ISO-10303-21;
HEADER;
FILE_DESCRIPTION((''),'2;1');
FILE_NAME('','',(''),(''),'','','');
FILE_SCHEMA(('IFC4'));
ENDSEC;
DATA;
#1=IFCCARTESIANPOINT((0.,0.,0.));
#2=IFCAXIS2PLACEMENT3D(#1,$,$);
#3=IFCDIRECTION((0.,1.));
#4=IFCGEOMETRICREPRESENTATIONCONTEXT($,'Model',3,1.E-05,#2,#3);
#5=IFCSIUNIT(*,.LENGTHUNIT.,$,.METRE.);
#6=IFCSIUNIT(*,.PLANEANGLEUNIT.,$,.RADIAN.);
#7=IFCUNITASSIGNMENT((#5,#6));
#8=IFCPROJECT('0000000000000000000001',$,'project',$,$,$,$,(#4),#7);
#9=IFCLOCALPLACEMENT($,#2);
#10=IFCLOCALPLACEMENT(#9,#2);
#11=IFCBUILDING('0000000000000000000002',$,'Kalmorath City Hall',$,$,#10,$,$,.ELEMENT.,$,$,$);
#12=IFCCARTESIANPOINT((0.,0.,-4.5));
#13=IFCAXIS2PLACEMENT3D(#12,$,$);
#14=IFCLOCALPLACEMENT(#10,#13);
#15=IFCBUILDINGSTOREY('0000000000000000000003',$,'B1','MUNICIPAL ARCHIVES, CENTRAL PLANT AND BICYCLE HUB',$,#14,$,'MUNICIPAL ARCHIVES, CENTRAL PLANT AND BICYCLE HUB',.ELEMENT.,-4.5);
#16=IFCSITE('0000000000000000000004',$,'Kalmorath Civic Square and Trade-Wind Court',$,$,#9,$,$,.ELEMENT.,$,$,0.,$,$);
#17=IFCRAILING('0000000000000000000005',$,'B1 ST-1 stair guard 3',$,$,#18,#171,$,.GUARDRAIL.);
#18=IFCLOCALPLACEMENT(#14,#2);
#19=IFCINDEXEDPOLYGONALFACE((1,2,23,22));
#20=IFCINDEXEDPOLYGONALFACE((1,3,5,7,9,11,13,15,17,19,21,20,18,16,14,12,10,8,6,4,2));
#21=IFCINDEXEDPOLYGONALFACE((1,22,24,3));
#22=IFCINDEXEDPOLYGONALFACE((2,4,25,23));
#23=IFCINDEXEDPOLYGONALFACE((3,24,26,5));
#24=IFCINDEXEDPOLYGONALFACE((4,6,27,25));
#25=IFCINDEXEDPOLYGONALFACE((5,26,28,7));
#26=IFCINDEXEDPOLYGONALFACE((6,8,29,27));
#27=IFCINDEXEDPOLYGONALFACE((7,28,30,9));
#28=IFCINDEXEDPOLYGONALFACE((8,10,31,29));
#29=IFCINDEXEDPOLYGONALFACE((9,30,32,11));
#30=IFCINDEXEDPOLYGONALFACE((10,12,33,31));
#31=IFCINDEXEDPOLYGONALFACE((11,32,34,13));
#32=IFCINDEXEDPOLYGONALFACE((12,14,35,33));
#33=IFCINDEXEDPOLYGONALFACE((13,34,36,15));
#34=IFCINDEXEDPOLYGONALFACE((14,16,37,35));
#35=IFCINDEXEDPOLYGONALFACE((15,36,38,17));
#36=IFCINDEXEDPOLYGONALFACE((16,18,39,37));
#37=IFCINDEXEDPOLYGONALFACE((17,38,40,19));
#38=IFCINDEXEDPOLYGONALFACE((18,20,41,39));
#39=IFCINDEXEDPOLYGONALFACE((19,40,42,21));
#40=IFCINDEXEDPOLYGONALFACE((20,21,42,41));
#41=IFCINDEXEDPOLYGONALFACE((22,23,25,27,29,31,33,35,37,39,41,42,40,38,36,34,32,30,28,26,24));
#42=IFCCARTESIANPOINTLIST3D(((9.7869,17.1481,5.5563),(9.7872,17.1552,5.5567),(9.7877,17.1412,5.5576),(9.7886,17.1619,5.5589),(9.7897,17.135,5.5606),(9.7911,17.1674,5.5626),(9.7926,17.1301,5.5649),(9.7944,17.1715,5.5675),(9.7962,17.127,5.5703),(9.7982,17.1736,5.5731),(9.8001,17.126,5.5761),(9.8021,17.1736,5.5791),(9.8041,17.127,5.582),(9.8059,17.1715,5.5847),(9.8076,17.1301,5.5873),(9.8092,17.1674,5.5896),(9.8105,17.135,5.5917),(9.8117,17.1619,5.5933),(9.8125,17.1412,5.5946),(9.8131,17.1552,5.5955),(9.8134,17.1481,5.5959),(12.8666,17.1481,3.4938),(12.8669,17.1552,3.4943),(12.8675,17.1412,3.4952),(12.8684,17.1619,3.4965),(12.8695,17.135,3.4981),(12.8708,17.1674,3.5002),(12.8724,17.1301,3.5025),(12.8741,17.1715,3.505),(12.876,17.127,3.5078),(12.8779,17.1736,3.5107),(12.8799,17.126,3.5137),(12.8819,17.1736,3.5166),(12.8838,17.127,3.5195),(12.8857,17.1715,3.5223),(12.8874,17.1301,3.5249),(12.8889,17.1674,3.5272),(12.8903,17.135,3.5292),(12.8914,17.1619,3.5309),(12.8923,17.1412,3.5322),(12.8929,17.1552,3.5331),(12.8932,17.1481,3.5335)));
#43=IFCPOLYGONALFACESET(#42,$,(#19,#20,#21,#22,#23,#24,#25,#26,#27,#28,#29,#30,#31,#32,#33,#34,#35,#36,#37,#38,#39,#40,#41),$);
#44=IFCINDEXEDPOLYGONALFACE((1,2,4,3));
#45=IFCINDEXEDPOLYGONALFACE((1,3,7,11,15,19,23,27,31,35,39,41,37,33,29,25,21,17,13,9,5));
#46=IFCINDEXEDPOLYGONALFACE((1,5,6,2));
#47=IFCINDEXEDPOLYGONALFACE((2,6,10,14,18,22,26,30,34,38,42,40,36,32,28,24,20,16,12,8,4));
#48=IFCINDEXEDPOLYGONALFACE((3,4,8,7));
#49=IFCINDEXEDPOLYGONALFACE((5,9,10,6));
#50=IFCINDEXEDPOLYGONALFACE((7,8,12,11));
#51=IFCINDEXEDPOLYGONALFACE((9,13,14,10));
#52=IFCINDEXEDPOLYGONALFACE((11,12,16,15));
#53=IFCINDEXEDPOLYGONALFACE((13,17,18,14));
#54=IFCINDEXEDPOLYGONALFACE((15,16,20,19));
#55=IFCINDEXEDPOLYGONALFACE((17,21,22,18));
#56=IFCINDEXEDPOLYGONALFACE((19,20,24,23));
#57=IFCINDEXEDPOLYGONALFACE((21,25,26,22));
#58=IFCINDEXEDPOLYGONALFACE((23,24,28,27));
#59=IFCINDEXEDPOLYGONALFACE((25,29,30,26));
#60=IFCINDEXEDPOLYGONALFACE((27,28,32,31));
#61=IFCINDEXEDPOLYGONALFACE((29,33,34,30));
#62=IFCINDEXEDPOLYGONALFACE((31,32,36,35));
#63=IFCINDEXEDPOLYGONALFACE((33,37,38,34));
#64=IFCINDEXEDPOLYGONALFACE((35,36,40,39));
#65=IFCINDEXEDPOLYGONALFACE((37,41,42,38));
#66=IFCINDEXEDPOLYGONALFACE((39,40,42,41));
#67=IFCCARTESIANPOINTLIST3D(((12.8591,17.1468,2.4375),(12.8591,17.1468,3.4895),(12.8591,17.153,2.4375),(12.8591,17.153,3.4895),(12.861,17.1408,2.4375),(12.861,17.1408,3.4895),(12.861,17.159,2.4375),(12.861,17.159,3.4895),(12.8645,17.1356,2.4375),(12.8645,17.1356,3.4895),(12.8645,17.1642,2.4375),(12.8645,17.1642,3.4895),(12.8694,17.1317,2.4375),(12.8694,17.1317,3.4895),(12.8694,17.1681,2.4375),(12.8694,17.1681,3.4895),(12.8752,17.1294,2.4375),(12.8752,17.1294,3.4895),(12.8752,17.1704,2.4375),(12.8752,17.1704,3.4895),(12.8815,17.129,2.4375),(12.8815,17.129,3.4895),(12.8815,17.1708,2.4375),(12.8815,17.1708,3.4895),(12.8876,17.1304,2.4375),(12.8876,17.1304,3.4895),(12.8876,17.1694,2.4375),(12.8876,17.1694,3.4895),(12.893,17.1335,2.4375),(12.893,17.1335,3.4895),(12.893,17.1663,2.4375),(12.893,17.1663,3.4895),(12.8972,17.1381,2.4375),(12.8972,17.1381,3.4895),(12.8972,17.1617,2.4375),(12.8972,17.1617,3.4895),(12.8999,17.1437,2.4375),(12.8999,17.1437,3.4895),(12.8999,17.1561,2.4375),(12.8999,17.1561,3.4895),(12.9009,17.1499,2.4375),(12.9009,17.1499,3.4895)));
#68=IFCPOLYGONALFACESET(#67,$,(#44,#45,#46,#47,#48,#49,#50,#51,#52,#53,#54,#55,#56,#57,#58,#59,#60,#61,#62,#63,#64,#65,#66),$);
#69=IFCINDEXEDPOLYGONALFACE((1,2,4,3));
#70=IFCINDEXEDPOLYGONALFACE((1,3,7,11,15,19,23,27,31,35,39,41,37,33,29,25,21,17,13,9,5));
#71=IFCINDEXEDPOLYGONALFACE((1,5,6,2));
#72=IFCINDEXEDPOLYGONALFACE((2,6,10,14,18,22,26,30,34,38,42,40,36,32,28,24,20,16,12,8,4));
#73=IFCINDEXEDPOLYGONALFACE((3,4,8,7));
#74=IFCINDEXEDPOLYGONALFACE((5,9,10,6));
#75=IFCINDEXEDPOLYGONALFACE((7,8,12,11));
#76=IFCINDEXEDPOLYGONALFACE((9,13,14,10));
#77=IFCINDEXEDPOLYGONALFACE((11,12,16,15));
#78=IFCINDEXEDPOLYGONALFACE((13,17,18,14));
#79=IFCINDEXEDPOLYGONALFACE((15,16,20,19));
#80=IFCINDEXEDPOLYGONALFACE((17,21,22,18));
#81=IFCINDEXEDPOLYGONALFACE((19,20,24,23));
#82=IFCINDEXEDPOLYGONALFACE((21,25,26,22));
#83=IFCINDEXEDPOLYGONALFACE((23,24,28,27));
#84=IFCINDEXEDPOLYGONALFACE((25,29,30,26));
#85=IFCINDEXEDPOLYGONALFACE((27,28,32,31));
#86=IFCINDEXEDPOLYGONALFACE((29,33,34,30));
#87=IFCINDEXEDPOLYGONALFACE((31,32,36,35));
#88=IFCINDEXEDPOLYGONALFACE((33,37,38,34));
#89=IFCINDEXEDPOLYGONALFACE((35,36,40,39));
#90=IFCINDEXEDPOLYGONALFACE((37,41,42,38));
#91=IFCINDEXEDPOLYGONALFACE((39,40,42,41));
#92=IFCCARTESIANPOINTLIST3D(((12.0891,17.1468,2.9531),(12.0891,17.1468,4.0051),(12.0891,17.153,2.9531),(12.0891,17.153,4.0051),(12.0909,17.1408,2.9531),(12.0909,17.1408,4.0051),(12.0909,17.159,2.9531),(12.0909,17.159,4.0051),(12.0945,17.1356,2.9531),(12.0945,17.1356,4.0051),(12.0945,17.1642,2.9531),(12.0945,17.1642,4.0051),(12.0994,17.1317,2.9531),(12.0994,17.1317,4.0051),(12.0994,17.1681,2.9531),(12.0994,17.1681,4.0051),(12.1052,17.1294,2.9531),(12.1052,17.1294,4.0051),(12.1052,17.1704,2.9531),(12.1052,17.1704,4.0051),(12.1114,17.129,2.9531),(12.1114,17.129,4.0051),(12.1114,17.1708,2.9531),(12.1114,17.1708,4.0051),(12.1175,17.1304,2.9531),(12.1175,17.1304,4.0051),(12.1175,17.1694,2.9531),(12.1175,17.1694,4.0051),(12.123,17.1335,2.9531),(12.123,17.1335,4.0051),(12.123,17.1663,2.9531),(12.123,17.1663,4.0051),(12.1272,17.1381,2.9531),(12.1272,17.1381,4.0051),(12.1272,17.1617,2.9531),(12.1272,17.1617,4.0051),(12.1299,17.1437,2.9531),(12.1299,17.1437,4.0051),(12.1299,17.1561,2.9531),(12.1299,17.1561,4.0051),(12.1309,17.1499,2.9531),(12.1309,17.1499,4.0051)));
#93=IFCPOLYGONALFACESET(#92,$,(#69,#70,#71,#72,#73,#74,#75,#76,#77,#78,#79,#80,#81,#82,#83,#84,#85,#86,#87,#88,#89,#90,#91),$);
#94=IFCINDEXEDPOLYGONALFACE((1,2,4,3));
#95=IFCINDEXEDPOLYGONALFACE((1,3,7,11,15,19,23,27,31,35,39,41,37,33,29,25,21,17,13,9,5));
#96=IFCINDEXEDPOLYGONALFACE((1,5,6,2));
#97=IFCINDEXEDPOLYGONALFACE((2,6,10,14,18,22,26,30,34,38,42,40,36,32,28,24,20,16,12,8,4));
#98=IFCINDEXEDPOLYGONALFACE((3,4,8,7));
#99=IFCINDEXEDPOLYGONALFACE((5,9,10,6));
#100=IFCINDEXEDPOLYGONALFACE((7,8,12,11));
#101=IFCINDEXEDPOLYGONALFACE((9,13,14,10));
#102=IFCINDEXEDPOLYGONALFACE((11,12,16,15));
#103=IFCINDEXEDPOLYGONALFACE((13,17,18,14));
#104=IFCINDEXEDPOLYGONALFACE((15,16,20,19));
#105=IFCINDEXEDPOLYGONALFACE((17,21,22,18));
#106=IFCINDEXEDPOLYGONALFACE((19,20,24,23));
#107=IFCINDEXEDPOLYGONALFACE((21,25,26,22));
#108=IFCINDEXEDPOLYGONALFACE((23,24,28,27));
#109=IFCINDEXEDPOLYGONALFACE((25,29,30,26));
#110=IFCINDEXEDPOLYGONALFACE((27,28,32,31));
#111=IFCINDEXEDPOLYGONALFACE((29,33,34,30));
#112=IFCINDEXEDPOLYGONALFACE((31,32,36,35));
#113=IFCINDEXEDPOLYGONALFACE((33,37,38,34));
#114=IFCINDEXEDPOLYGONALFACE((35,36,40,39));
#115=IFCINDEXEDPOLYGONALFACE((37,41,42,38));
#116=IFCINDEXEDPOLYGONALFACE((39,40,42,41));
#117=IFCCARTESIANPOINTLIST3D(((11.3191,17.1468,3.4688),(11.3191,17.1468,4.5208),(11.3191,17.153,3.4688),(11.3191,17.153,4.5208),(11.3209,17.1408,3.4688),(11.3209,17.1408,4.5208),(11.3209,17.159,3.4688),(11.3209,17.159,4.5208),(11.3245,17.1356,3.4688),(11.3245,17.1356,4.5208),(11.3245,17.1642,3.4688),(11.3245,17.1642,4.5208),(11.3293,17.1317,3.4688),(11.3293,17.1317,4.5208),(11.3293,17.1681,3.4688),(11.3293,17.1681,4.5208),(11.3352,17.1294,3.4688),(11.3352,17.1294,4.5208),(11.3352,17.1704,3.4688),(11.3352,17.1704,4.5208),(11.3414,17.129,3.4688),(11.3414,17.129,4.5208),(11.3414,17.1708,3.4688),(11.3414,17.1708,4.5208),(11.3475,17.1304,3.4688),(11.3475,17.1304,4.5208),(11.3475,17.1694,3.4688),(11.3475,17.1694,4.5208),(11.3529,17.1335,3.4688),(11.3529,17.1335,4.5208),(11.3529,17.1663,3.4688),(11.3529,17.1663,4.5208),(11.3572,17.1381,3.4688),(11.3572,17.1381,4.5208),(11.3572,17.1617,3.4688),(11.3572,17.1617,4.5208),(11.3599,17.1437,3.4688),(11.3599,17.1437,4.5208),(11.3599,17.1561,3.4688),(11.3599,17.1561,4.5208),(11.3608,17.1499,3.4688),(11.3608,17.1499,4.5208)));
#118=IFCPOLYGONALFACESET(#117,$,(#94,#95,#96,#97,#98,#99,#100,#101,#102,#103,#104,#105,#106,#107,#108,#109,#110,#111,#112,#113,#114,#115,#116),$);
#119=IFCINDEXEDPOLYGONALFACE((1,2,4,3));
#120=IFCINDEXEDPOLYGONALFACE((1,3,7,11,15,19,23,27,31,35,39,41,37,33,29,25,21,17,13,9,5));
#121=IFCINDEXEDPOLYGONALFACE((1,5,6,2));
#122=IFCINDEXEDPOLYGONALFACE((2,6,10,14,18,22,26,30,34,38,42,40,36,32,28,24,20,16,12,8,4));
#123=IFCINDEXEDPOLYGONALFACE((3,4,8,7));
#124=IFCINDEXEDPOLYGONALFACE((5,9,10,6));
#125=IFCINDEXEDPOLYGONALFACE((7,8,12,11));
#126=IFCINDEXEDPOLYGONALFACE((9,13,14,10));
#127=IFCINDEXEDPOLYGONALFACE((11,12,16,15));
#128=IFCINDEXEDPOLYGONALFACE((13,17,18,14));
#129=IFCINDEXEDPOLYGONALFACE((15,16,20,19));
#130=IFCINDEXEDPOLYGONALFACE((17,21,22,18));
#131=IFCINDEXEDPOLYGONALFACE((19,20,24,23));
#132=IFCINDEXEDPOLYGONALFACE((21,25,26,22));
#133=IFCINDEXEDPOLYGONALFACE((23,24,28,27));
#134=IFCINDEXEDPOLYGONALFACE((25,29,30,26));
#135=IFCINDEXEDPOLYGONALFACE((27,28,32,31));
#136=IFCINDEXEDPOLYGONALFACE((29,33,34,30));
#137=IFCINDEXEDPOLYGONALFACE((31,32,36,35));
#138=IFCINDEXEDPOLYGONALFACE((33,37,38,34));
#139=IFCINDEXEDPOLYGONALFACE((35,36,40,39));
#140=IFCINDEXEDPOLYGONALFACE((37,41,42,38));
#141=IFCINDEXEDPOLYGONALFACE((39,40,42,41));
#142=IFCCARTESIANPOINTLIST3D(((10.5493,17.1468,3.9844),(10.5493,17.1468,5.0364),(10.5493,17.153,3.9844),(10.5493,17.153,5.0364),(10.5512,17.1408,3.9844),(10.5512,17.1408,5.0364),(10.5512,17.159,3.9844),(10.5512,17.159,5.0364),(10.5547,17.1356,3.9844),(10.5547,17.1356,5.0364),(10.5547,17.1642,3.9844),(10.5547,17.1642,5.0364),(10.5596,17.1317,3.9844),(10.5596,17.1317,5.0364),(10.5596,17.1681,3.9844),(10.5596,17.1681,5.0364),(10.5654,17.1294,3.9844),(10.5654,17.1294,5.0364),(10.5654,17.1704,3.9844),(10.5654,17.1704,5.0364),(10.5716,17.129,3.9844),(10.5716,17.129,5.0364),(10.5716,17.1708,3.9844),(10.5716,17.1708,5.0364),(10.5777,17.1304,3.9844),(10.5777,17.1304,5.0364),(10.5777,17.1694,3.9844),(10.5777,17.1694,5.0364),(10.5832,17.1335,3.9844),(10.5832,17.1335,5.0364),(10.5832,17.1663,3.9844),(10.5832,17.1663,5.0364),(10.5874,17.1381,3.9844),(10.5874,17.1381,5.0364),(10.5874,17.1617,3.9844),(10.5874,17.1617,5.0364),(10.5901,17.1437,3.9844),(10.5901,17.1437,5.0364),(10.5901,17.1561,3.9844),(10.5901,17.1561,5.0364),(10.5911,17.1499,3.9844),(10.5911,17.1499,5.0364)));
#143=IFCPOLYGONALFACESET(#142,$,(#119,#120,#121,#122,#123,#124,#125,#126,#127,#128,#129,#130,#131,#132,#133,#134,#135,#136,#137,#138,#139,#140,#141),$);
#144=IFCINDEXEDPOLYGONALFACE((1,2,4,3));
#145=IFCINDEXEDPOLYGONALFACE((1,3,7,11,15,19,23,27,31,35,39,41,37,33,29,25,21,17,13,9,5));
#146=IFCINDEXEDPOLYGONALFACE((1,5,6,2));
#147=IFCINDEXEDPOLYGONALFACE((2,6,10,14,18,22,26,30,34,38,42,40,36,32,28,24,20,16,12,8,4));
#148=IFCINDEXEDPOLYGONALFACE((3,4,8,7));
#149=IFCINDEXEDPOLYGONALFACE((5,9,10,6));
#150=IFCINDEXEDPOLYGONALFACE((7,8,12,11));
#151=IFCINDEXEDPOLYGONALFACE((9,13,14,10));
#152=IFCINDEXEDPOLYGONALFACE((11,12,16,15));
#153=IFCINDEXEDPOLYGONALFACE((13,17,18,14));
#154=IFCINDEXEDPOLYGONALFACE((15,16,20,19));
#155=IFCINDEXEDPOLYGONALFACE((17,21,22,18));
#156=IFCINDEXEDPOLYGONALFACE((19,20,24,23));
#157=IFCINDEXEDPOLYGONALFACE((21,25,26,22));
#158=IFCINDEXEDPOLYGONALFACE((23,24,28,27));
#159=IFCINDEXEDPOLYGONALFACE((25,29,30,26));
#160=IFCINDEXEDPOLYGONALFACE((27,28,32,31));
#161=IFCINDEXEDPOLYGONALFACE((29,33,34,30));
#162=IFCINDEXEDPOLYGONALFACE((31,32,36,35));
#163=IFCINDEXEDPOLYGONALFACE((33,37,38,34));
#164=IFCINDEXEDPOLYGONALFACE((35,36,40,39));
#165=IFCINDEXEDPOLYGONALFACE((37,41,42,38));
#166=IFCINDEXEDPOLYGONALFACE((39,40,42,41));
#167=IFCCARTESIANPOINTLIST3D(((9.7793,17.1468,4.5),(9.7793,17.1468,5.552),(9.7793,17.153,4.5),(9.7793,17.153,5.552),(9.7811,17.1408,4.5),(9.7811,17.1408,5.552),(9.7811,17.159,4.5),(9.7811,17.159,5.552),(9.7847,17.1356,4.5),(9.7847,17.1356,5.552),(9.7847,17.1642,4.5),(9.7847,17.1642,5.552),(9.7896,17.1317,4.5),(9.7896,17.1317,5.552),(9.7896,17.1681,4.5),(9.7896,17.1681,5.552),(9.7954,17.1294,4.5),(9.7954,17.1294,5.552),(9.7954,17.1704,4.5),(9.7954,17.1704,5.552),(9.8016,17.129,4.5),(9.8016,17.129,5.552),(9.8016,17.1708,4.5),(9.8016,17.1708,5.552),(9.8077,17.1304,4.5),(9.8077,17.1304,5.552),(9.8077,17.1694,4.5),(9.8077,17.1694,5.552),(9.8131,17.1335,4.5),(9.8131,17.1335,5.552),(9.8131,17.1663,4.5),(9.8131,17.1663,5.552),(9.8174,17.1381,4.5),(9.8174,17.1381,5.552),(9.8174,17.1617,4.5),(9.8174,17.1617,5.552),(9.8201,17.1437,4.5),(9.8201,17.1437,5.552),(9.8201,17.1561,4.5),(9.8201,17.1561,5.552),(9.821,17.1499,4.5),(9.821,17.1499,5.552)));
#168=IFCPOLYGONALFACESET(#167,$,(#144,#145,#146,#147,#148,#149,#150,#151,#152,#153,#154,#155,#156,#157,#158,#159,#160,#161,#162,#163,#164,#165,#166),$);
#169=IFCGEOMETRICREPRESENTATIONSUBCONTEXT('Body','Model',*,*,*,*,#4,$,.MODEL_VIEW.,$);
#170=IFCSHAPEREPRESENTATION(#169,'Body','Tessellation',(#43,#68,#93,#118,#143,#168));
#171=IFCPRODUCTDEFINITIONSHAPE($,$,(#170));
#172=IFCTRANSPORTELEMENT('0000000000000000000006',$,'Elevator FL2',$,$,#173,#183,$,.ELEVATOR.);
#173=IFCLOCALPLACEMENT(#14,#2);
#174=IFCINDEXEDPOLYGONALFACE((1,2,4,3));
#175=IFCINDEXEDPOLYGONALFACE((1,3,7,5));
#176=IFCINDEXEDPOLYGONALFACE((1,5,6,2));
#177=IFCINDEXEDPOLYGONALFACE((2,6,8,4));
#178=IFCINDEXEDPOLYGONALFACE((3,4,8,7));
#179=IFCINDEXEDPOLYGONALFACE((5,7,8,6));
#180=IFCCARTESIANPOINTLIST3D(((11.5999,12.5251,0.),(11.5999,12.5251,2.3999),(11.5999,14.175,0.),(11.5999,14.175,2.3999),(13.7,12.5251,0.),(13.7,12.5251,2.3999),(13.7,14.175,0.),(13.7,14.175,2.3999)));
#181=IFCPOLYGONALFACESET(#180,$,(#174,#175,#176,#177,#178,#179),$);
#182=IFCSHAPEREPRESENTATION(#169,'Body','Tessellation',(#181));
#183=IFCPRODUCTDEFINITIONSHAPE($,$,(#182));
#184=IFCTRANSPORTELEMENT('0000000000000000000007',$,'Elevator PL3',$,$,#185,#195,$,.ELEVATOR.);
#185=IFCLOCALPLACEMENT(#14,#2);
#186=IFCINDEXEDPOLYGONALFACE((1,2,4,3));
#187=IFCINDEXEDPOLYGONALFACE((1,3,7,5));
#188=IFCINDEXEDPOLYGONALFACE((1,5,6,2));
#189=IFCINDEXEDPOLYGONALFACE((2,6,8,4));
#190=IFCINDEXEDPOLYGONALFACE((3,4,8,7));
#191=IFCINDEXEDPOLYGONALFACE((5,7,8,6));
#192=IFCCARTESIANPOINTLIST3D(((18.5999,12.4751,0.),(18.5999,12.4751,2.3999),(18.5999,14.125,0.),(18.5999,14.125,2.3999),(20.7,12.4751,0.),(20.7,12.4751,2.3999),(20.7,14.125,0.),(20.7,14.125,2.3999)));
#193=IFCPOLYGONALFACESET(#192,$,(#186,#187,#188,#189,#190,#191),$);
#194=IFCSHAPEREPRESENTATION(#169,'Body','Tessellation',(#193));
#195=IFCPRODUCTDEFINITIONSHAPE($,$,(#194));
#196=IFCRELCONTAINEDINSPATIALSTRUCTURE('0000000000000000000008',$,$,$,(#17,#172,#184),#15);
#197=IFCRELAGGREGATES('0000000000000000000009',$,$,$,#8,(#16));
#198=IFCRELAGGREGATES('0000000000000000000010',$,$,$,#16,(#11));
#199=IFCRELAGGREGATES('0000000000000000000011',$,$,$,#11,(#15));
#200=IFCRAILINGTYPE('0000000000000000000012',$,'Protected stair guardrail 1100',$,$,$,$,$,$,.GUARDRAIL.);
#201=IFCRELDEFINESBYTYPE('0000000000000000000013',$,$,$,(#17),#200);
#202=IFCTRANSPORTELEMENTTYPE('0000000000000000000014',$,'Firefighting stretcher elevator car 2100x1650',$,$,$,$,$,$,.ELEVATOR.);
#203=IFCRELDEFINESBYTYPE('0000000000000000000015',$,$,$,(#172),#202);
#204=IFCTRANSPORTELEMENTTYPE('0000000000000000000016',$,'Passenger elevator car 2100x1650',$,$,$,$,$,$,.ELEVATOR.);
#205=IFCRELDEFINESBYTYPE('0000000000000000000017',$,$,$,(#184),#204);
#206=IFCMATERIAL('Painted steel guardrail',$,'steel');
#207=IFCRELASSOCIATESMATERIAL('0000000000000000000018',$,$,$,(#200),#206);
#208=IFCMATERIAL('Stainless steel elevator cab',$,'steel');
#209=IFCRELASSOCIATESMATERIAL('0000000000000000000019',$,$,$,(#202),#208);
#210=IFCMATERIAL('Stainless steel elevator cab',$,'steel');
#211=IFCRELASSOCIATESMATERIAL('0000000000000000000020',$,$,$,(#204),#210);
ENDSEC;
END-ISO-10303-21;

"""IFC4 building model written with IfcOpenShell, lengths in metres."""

from ifc_helpers import new_model, si_unit, direction, frame, origin, origin_2d, place, context, subcontext, project, spatial, rectangle, circle, extrude, material, type_object, element, save


model = new_model("IFC4")

# Units and contexts
model_context = context("Model", 3, precision=1e-05, world=origin(), true_north=direction((0.0, 1.0)))
body_context = subcontext(model_context, "Body", "Model", "MODEL_VIEW")
ifc_project = project(units=[si_unit("LENGTHUNIT", "METRE"), si_unit("PLANEANGLEUNIT", "RADIAN")], contexts=[model_context])

# Site, building, storey
site_placement = place(None, origin())
site = spatial("IfcSite", under=ifc_project, at=site_placement, Name="Kalmorath Civic Square and Trade-Wind Court", CompositionType="ELEMENT", RefElevation=0.0)
building_placement = place(site_placement, origin())
building = spatial("IfcBuilding", under=site, at=building_placement, Name="Kalmorath City Hall", CompositionType="ELEMENT")
storey_placement = place(building_placement, frame((0.0, 0.0, -4.5)))
storey = spatial("IfcBuildingStorey", under=building, at=storey_placement, Name="B1", Description="MUNICIPAL ARCHIVES, CENTRAL PLANT AND BICYCLE HUB", LongName="MUNICIPAL ARCHIVES, CENTRAL PLANT AND BICYCLE HUB", CompositionType="ELEMENT", Elevation=-4.5)

# Railing
ifc_material_1 = material(Name="Painted steel guardrail", Category="steel")
railing_type = type_object("IfcRailingType", Name="Protected stair guardrail 1100", PredefinedType="GUARDRAIL", material=ifc_material_1)
railing_1_placement = place(storey_placement, frame((12.8799, 17.1499, 2.4375)))
element("IfcRailing", 1, at=railing_1_placement, inside=storey, type_object=railing_type, Name="B1 ST-1 stair guard 3", PredefinedType="GUARDRAIL", context=body_context, shape_type="SweptSolid", body=[
    extrude(circle(Radius=0.0239, at=origin_2d()), frame((0.0, 0.0, 1.0762), z_axis=(-0.830893, 0.0, 0.556432), x_axis=(0.0, -1.0, 0.0)), (0.0, 0.0, 1.0), 3.7065),
    extrude(circle(Radius=0.021, at=origin_2d()), origin(), (0.0, 0.0, 1.0), 1.052),
    extrude(circle(Radius=0.021, at=origin_2d()), frame((-0.77, 0.0, 0.5156)), (0.0, 0.0, 1.0), 1.052),
    extrude(circle(Radius=0.021, at=origin_2d()), frame((-1.54, 0.0, 1.0312)), (0.0, 0.0, 1.0), 1.052),
    extrude(circle(Radius=0.021, at=origin_2d()), frame((-2.3098, 0.0, 1.5469)), (0.0, 0.0, 1.0), 1.052),
    extrude(circle(Radius=0.021, at=origin_2d()), frame((-3.0798, 0.0, 2.0625)), (0.0, 0.0, 1.0), 1.052),
])

# Transport elements
ifc_material_2 = material(Name="Stainless steel elevator cab", Category="steel")
transport_element_type_1 = type_object("IfcTransportElementType", Name="Firefighting stretcher elevator car 2100x1650", PredefinedType="ELEVATOR", material=ifc_material_2)
transport_element_1_placement = place(storey_placement, frame((12.6499, 13.3501, 0.0), z_axis=(0.0, 0.0, 1.0), x_axis=(1.0, 0.0, 0.0)))
element("IfcTransportElement", 2, at=transport_element_1_placement, inside=storey, type_object=transport_element_type_1, Name="Elevator FL2", PredefinedType="ELEVATOR", context=body_context, shape_type="SweptSolid", body=[
    extrude(rectangle(XDim=2.1001, YDim=1.6499, at=origin_2d()), origin(), (0.0, 0.0, 1.0), 2.3999),
])
ifc_material_3 = material(Name="Stainless steel elevator cab", Category="steel")
transport_element_type_2 = type_object("IfcTransportElementType", Name="Passenger elevator car 2100x1650", PredefinedType="ELEVATOR", material=ifc_material_3)
transport_element_2_placement = place(storey_placement, frame((19.6499, 13.3, 0.0), z_axis=(0.0, 0.0, 1.0), x_axis=(1.0, 0.0, 0.0)))
element("IfcTransportElement", 3, at=transport_element_2_placement, inside=storey, type_object=transport_element_type_2, Name="Elevator PL3", PredefinedType="ELEVATOR", context=body_context, shape_type="SweptSolid", body=[
    extrude(rectangle(XDim=2.1001, YDim=1.6499, at=origin_2d()), origin(), (0.0, 0.0, 1.0), 2.3999),
])

save(model, "model.ifc")
